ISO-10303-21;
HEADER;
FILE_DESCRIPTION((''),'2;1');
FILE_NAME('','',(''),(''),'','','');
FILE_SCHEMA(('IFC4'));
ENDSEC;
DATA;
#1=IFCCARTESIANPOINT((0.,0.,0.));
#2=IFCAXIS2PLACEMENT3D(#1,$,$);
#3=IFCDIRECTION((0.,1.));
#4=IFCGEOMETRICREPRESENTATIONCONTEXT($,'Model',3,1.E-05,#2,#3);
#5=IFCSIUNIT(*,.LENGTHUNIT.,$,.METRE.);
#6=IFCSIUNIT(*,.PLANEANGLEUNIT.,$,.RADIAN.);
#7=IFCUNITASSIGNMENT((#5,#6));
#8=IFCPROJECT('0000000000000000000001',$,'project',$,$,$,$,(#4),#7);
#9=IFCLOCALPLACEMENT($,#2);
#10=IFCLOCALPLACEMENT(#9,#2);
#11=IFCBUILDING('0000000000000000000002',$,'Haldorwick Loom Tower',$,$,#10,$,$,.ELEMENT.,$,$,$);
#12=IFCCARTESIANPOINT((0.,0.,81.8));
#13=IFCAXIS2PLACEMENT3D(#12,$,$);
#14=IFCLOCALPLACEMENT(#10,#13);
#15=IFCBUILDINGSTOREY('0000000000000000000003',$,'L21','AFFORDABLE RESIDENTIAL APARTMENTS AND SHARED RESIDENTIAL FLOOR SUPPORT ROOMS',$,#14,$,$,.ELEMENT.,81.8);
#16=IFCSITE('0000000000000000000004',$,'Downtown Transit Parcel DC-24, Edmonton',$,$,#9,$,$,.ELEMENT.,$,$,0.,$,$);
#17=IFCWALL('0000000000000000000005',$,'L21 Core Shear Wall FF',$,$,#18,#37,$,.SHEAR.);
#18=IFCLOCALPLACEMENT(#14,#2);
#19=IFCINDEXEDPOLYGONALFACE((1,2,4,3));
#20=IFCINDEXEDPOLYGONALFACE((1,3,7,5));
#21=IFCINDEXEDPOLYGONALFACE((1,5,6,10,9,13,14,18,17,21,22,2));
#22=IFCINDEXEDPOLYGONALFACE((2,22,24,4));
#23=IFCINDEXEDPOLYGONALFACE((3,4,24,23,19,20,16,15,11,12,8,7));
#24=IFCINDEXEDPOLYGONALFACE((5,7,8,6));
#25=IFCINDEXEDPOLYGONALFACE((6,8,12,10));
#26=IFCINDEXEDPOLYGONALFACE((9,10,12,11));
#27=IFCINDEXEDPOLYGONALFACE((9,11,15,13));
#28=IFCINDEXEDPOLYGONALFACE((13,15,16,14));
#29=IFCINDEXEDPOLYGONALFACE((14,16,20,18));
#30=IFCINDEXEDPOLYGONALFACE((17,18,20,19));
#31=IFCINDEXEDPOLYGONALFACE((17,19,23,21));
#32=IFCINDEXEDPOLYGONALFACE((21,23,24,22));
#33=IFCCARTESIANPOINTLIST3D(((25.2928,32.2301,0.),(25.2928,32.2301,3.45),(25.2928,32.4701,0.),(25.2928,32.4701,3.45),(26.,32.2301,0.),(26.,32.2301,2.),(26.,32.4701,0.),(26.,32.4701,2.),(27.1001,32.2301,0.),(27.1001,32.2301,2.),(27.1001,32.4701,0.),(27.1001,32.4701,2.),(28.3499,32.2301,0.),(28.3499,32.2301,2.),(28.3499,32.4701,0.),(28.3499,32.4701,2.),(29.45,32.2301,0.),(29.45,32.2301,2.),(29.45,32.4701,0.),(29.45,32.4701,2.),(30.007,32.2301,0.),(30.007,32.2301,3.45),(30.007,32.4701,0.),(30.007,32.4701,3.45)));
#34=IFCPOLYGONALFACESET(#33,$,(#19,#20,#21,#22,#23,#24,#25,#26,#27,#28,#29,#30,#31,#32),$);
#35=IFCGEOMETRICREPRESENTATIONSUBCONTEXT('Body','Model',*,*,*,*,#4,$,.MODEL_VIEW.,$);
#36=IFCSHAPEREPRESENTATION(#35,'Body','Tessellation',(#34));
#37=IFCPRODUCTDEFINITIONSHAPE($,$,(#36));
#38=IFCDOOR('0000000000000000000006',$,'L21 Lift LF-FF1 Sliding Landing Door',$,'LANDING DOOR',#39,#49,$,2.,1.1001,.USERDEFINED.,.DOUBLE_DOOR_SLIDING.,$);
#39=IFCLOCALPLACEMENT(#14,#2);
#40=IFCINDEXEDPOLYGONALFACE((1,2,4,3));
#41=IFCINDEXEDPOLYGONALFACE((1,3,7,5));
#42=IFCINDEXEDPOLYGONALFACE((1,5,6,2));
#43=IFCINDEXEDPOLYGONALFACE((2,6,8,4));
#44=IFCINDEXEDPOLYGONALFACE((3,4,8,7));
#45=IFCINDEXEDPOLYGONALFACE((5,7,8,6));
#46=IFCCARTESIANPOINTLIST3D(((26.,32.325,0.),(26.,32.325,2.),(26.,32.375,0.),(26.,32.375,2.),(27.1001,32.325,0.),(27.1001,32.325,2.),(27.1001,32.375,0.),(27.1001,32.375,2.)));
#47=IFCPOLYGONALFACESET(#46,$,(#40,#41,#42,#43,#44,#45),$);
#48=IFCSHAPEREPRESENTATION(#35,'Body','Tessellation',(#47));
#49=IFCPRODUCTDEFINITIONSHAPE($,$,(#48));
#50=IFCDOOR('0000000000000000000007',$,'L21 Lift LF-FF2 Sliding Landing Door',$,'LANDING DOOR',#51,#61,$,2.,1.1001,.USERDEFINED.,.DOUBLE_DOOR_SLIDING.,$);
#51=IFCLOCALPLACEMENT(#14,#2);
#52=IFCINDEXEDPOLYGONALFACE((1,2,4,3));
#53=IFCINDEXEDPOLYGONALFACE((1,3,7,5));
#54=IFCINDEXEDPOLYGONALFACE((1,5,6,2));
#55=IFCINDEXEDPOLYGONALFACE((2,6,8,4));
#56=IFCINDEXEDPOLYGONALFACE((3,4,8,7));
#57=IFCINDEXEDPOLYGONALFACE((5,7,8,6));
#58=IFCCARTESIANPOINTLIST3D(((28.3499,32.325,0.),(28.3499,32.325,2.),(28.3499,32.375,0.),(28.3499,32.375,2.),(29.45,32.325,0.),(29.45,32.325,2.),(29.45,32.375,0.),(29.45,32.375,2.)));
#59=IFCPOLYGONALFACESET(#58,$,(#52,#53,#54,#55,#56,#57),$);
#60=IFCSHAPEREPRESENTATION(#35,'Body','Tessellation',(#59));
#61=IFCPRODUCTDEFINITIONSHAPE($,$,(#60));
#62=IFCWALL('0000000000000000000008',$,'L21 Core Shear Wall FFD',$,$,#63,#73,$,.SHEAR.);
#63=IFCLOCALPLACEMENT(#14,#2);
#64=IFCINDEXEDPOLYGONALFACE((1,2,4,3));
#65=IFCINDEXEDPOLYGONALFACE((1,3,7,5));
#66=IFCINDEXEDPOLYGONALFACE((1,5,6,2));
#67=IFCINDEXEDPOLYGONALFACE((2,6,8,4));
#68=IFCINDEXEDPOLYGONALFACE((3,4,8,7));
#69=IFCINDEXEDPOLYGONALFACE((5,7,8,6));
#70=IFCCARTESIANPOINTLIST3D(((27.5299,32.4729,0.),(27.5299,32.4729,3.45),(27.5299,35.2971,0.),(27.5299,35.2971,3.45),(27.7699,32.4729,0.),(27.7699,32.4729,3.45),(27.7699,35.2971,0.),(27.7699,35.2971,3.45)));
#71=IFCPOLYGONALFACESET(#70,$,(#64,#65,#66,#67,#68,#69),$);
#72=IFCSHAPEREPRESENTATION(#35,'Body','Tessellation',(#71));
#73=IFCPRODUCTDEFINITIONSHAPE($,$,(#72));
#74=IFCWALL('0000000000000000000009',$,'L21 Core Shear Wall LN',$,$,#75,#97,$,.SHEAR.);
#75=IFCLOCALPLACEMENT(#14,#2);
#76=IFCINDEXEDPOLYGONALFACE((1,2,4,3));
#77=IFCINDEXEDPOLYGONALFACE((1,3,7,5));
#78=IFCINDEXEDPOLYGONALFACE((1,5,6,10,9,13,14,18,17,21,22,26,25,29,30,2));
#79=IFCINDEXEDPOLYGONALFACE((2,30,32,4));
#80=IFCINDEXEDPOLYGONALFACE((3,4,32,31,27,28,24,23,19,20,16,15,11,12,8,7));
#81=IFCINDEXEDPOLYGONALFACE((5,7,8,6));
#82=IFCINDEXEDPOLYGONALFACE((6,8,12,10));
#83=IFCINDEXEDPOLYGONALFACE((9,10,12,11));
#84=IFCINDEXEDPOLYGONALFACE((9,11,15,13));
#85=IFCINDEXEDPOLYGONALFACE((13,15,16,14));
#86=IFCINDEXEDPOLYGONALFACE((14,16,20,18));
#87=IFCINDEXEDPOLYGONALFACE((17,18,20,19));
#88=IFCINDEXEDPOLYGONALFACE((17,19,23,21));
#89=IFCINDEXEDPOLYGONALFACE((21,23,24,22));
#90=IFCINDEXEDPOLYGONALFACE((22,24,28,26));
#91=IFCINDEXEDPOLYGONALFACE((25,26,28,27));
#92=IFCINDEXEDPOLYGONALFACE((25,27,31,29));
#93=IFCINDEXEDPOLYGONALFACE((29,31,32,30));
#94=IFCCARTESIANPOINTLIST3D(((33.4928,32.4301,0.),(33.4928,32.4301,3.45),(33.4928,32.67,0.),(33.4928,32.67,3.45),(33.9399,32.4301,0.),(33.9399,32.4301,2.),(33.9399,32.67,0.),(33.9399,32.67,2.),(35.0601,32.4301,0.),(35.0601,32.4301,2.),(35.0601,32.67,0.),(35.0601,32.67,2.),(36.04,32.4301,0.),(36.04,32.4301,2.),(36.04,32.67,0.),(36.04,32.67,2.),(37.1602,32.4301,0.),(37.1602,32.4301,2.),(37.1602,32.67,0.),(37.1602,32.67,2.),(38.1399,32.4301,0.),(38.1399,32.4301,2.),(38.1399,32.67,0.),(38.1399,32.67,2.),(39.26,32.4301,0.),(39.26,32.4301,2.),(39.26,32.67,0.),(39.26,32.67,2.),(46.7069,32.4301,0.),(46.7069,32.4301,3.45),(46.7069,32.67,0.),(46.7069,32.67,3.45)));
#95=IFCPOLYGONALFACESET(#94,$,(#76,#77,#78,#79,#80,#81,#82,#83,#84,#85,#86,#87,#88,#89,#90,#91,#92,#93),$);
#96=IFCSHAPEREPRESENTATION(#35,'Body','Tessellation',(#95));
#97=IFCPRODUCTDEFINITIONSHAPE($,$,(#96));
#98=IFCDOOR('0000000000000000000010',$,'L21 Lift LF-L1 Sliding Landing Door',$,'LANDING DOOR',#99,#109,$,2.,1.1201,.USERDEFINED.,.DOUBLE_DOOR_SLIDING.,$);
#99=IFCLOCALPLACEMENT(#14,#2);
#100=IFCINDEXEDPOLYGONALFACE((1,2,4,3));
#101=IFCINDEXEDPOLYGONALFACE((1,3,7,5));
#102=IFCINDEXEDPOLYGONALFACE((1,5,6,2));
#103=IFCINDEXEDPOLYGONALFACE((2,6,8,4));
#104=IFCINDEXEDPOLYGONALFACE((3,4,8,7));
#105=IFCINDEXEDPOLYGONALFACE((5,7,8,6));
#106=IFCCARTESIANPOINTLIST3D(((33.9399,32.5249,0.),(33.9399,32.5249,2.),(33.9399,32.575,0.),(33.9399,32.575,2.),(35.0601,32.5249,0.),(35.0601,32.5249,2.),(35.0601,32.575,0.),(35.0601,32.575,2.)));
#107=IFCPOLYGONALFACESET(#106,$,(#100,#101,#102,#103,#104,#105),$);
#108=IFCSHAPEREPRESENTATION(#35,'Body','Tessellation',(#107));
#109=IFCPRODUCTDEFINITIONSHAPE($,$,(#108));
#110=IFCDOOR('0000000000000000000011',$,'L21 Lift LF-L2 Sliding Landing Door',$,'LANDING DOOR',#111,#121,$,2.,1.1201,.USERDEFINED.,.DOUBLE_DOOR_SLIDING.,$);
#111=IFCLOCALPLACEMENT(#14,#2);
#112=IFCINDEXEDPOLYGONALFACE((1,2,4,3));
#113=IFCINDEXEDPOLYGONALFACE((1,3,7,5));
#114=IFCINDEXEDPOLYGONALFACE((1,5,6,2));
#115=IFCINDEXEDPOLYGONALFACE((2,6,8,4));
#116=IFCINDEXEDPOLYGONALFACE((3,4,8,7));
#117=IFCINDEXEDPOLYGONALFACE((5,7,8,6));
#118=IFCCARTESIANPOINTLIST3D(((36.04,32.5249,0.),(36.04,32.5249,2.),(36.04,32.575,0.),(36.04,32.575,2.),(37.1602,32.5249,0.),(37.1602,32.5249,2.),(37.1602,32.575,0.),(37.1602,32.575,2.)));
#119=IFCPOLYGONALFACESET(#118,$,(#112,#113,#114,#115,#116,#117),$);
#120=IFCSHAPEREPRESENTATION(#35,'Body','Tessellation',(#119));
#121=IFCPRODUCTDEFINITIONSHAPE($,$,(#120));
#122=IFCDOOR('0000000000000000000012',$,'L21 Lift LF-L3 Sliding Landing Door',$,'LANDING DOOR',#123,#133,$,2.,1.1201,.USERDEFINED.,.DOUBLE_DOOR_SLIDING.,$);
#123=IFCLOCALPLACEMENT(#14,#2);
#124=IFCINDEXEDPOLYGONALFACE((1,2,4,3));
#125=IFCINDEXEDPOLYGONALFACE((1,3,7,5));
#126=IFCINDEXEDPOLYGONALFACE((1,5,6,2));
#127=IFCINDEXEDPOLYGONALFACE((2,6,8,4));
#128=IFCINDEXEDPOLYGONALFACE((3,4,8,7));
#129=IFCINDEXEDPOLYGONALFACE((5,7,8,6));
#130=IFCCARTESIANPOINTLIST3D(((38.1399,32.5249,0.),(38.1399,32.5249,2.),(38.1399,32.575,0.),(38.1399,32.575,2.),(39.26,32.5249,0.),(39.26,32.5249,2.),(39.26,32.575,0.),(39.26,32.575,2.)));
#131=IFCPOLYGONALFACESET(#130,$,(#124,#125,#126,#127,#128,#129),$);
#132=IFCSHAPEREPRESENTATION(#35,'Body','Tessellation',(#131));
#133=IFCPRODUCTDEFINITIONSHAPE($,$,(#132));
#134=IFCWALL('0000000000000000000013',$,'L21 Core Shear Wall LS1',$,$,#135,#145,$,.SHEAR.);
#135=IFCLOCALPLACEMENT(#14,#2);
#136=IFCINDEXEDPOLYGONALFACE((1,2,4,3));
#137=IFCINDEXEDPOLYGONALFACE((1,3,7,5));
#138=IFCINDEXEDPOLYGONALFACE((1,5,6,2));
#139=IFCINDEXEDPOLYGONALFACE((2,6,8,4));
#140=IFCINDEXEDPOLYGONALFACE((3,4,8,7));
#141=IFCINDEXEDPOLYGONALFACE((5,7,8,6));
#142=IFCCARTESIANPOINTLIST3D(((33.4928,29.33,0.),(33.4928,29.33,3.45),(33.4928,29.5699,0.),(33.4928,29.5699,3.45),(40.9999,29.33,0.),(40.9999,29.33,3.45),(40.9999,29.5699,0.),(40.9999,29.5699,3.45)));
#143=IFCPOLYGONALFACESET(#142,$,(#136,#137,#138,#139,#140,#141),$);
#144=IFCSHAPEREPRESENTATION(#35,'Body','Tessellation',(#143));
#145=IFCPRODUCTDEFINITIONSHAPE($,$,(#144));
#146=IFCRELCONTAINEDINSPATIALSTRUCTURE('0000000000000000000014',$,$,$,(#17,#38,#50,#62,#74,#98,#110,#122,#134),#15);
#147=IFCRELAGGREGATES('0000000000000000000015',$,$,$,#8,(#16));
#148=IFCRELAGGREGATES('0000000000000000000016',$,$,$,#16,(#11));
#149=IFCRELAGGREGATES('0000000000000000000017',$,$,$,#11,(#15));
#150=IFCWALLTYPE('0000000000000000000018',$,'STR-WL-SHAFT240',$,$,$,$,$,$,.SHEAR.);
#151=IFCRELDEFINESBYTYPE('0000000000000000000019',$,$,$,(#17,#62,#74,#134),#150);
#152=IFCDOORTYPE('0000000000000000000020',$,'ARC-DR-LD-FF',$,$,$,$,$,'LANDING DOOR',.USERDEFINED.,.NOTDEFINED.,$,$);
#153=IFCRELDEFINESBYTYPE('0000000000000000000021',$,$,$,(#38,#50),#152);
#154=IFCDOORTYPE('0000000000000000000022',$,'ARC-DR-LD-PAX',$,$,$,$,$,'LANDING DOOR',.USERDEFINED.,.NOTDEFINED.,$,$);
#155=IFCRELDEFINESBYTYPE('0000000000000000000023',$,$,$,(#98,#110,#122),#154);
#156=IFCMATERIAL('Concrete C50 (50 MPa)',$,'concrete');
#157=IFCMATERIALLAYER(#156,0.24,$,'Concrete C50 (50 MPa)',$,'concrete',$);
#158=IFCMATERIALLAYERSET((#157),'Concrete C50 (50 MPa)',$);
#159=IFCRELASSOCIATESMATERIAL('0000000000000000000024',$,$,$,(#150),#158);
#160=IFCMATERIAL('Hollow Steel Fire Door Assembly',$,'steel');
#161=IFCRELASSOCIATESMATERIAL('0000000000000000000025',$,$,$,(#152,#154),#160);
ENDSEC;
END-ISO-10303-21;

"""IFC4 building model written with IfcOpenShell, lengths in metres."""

from ifc_helpers import new_model, si_unit, direction, frame, frame_2d, origin, place, context, subcontext, project, spatial, rectangle, extrude, material, layer, layer_set, type_object, element, fill, save


model = new_model("IFC4")

# Units and contexts
model_context = context("Model", 3, precision=1e-05, world=origin(), true_north=direction((0.0, 1.0)))
body_context = subcontext(model_context, "Body", "Model", "MODEL_VIEW")
ifc_project = project(units=[si_unit("LENGTHUNIT", "METRE"), si_unit("PLANEANGLEUNIT", "RADIAN")], contexts=[model_context])

# Site, building, storey
site_placement = place(None, origin())
site = spatial("IfcSite", under=ifc_project, at=site_placement, Name="Downtown Transit Parcel DC-24, Edmonton", CompositionType="ELEMENT", RefElevation=0.0)
building_placement = place(site_placement, origin())
building = spatial("IfcBuilding", under=site, at=building_placement, Name="Haldorwick Loom Tower", CompositionType="ELEMENT")
storey_placement = place(building_placement, frame((0.0, 0.0, 81.8)))
storey = spatial("IfcBuildingStorey", under=building, at=storey_placement, Name="L21", Description="AFFORDABLE RESIDENTIAL APARTMENTS AND SHARED RESIDENTIAL FLOOR SUPPORT ROOMS", CompositionType="ELEMENT", Elevation=81.8)

# Shared definitions
ifc_material_1 = material(Name="Concrete C50 (50 MPa)", Category="concrete")
ifc_layer_1 = layer(ifc_material_1, 0.24, Name="Concrete C50 (50 MPa)", Category="concrete")
ifc_layer_set_1 = layer_set([ifc_layer_1], Name="Concrete C50 (50 MPa)")
wall_type_1 = type_object("IfcWallType", Name="STR-WL-SHAFT240", PredefinedType="SHEAR", material=ifc_layer_set_1)

# Wall, openings, doors
wall_1_placement = place(storey_placement, frame((25.293, 32.3501, 0.0), z_axis=(0.0, 0.0, 1.0), x_axis=(1.0, 0.0, 0.0)))
wall_1 = element("IfcWall", 1, at=wall_1_placement, inside=storey, type_object=wall_type_1, Name="L21 Core Shear Wall FF", PredefinedType="SHEAR", context=body_context, shape_type="SweptSolid", body=[
    extrude(rectangle(XDim=4.7141, YDim=0.24, at=frame_2d((2.3569, 0.0))), origin(), (0.0, 0.0, 1.0), 3.45),
])
opening_1_placement = place(wall_1_placement, frame((0.707, 0.0, 0.0)))
opening_1 = element("IfcOpeningElement", 2, at=opening_1_placement, cuts=wall_1, PredefinedType="OPENING", context=body_context, shape_type="SweptSolid", body=[
    extrude(rectangle(XDim=1.1001, YDim=2.0, at=frame_2d((0.55, 1.0))), frame((0.0, 0.1299, 0.0), z_axis=(0.0, -1.0, 0.0), x_axis=(1.0, 0.0, 0.0)), (0.0, 0.0, 1.0), 0.26),
])
opening_2_placement = place(wall_1_placement, frame((3.0569, 0.0, 0.0)))
opening_2 = element("IfcOpeningElement", 3, at=opening_2_placement, cuts=wall_1, PredefinedType="OPENING", context=body_context, shape_type="SweptSolid", body=[
    extrude(rectangle(XDim=1.1001, YDim=2.0, at=frame_2d((0.55, 1.0))), frame((0.0, 0.1299, 0.0), z_axis=(0.0, -1.0, 0.0), x_axis=(1.0, 0.0, 0.0)), (0.0, 0.0, 1.0), 0.26),
])
ifc_material_2 = material(Name="Hollow Steel Fire Door Assembly", Category="steel")
door_type_1 = type_object("IfcDoorType", Name="ARC-DR-LD-FF", ElementType="LANDING DOOR", OperationType="NOTDEFINED", PredefinedType="USERDEFINED", material=ifc_material_2)
door_1_placement = place(opening_1_placement, origin())
door_1 = element("IfcDoor", 4, at=door_1_placement, inside=storey, type_object=door_type_1, Name="L21 Lift LF-FF1 Sliding Landing Door", ObjectType="LANDING DOOR", OperationType="DOUBLE_DOOR_SLIDING", OverallHeight=2.0, OverallWidth=1.1001, PredefinedType="USERDEFINED", context=body_context, shape_type="SweptSolid", body=[
    extrude(rectangle(XDim=1.1001, YDim=2.0, at=frame_2d((0.55, 1.0))), frame((0.0, 0.0249, 0.0), z_axis=(0.0, -1.0, 0.0), x_axis=(1.0, 0.0, 0.0)), (0.0, 0.0, 1.0), 0.05),
])
fill(opening_1, door_1)
door_2_placement = place(opening_2_placement, origin())
door_2 = element("IfcDoor", 5, at=door_2_placement, inside=storey, type_object=door_type_1, Name="L21 Lift LF-FF2 Sliding Landing Door", ObjectType="LANDING DOOR", OperationType="DOUBLE_DOOR_SLIDING", OverallHeight=2.0, OverallWidth=1.1001, PredefinedType="USERDEFINED", context=body_context, shape_type="SweptSolid", body=[
    extrude(rectangle(XDim=1.1001, YDim=2.0, at=frame_2d((0.55, 1.0))), frame((0.0, 0.0249, 0.0), z_axis=(0.0, -1.0, 0.0), x_axis=(1.0, 0.0, 0.0)), (0.0, 0.0, 1.0), 0.05),
])
fill(opening_2, door_2)

# Wall
wall_2_placement = place(storey_placement, frame((27.6499, 32.4729, 0.0), z_axis=(0.0, 0.0, 1.0), x_axis=(0.0, 1.0, 0.0)))
element("IfcWall", 6, at=wall_2_placement, inside=storey, type_object=wall_type_1, Name="L21 Core Shear Wall FFD", PredefinedType="SHEAR", context=body_context, shape_type="SweptSolid", body=[
    extrude(rectangle(XDim=2.8242, YDim=0.24, at=frame_2d((1.4121, 0.0))), origin(), (0.0, 0.0, 1.0), 3.45),
])

# Wall, openings, doors
wall_3_placement = place(storey_placement, frame((33.4929, 32.55, 0.0), z_axis=(0.0, 0.0, 1.0), x_axis=(1.0, 0.0, 0.0)))
wall_3 = element("IfcWall", 7, at=wall_3_placement, inside=storey, type_object=wall_type_1, Name="L21 Core Shear Wall LN", PredefinedType="SHEAR", context=body_context, shape_type="SweptSolid", body=[
    extrude(rectangle(XDim=13.2141, YDim=0.24, at=frame_2d((6.6069, 0.0))), origin(), (0.0, 0.0, 1.0), 3.45),
])
opening_3_placement = place(wall_3_placement, frame((0.447, 0.0, 0.0)))
opening_3 = element("IfcOpeningElement", 8, at=opening_3_placement, cuts=wall_3, PredefinedType="OPENING", context=body_context, shape_type="SweptSolid", body=[
    extrude(rectangle(XDim=1.1201, YDim=2.0, at=frame_2d((0.5601, 1.0))), frame((0.0, 0.1299, 0.0), z_axis=(0.0, -1.0, 0.0), x_axis=(1.0, 0.0, 0.0)), (0.0, 0.0, 1.0), 0.26),
])
opening_4_placement = place(wall_3_placement, frame((2.5471, 0.0, 0.0)))
opening_4 = element("IfcOpeningElement", 9, at=opening_4_placement, cuts=wall_3, PredefinedType="OPENING", context=body_context, shape_type="SweptSolid", body=[
    extrude(rectangle(XDim=1.1201, YDim=2.0, at=frame_2d((0.5601, 1.0))), frame((0.0, 0.1299, 0.0), z_axis=(0.0, -1.0, 0.0), x_axis=(1.0, 0.0, 0.0)), (0.0, 0.0, 1.0), 0.26),
])
opening_5_placement = place(wall_3_placement, frame((4.647, 0.0, 0.0)))
opening_5 = element("IfcOpeningElement", 10, at=opening_5_placement, cuts=wall_3, PredefinedType="OPENING", context=body_context, shape_type="SweptSolid", body=[
    extrude(rectangle(XDim=1.1201, YDim=2.0, at=frame_2d((0.5601, 1.0))), frame((0.0, 0.1299, 0.0), z_axis=(0.0, -1.0, 0.0), x_axis=(1.0, 0.0, 0.0)), (0.0, 0.0, 1.0), 0.26),
])
door_type_2 = type_object("IfcDoorType", Name="ARC-DR-LD-PAX", ElementType="LANDING DOOR", OperationType="NOTDEFINED", PredefinedType="USERDEFINED", material=ifc_material_2)
door_3_placement = place(opening_3_placement, origin())
door_3 = element("IfcDoor", 11, at=door_3_placement, inside=storey, type_object=door_type_2, Name="L21 Lift LF-L1 Sliding Landing Door", ObjectType="LANDING DOOR", OperationType="DOUBLE_DOOR_SLIDING", OverallHeight=2.0, OverallWidth=1.1201, PredefinedType="USERDEFINED", context=body_context, shape_type="SweptSolid", body=[
    extrude(rectangle(XDim=1.1201, YDim=2.0, at=frame_2d((0.5601, 1.0))), frame((0.0, 0.0249, 0.0), z_axis=(0.0, -1.0, 0.0), x_axis=(1.0, 0.0, 0.0)), (0.0, 0.0, 1.0), 0.05),
])
fill(opening_3, door_3)
door_4_placement = place(opening_4_placement, origin())
door_4 = element("IfcDoor", 12, at=door_4_placement, inside=storey, type_object=door_type_2, Name="L21 Lift LF-L2 Sliding Landing Door", ObjectType="LANDING DOOR", OperationType="DOUBLE_DOOR_SLIDING", OverallHeight=2.0, OverallWidth=1.1201, PredefinedType="USERDEFINED", context=body_context, shape_type="SweptSolid", body=[
    extrude(rectangle(XDim=1.1201, YDim=2.0, at=frame_2d((0.5601, 1.0))), frame((0.0, 0.0249, 0.0), z_axis=(0.0, -1.0, 0.0), x_axis=(1.0, 0.0, 0.0)), (0.0, 0.0, 1.0), 0.05),
])
fill(opening_4, door_4)
door_5_placement = place(opening_5_placement, origin())
door_5 = element("IfcDoor", 13, at=door_5_placement, inside=storey, type_object=door_type_2, Name="L21 Lift LF-L3 Sliding Landing Door", ObjectType="LANDING DOOR", OperationType="DOUBLE_DOOR_SLIDING", OverallHeight=2.0, OverallWidth=1.1201, PredefinedType="USERDEFINED", context=body_context, shape_type="SweptSolid", body=[
    extrude(rectangle(XDim=1.1201, YDim=2.0, at=frame_2d((0.5601, 1.0))), frame((0.0, 0.0249, 0.0), z_axis=(0.0, -1.0, 0.0), x_axis=(1.0, 0.0, 0.0)), (0.0, 0.0, 1.0), 0.05),
])
fill(opening_5, door_5)

# Wall
wall_4_placement = place(storey_placement, frame((33.4929, 29.45, 0.0), z_axis=(0.0, 0.0, 1.0), x_axis=(1.0, 0.0, 0.0)))
element("IfcWall", 14, at=wall_4_placement, inside=storey, type_object=wall_type_1, Name="L21 Core Shear Wall LS1", PredefinedType="SHEAR", context=body_context, shape_type="SweptSolid", body=[
    extrude(rectangle(XDim=7.5071, YDim=0.24, at=frame_2d((3.7534, 0.0))), origin(), (0.0, 0.0, 1.0), 3.45),
])

save(model, "model.ifc")
